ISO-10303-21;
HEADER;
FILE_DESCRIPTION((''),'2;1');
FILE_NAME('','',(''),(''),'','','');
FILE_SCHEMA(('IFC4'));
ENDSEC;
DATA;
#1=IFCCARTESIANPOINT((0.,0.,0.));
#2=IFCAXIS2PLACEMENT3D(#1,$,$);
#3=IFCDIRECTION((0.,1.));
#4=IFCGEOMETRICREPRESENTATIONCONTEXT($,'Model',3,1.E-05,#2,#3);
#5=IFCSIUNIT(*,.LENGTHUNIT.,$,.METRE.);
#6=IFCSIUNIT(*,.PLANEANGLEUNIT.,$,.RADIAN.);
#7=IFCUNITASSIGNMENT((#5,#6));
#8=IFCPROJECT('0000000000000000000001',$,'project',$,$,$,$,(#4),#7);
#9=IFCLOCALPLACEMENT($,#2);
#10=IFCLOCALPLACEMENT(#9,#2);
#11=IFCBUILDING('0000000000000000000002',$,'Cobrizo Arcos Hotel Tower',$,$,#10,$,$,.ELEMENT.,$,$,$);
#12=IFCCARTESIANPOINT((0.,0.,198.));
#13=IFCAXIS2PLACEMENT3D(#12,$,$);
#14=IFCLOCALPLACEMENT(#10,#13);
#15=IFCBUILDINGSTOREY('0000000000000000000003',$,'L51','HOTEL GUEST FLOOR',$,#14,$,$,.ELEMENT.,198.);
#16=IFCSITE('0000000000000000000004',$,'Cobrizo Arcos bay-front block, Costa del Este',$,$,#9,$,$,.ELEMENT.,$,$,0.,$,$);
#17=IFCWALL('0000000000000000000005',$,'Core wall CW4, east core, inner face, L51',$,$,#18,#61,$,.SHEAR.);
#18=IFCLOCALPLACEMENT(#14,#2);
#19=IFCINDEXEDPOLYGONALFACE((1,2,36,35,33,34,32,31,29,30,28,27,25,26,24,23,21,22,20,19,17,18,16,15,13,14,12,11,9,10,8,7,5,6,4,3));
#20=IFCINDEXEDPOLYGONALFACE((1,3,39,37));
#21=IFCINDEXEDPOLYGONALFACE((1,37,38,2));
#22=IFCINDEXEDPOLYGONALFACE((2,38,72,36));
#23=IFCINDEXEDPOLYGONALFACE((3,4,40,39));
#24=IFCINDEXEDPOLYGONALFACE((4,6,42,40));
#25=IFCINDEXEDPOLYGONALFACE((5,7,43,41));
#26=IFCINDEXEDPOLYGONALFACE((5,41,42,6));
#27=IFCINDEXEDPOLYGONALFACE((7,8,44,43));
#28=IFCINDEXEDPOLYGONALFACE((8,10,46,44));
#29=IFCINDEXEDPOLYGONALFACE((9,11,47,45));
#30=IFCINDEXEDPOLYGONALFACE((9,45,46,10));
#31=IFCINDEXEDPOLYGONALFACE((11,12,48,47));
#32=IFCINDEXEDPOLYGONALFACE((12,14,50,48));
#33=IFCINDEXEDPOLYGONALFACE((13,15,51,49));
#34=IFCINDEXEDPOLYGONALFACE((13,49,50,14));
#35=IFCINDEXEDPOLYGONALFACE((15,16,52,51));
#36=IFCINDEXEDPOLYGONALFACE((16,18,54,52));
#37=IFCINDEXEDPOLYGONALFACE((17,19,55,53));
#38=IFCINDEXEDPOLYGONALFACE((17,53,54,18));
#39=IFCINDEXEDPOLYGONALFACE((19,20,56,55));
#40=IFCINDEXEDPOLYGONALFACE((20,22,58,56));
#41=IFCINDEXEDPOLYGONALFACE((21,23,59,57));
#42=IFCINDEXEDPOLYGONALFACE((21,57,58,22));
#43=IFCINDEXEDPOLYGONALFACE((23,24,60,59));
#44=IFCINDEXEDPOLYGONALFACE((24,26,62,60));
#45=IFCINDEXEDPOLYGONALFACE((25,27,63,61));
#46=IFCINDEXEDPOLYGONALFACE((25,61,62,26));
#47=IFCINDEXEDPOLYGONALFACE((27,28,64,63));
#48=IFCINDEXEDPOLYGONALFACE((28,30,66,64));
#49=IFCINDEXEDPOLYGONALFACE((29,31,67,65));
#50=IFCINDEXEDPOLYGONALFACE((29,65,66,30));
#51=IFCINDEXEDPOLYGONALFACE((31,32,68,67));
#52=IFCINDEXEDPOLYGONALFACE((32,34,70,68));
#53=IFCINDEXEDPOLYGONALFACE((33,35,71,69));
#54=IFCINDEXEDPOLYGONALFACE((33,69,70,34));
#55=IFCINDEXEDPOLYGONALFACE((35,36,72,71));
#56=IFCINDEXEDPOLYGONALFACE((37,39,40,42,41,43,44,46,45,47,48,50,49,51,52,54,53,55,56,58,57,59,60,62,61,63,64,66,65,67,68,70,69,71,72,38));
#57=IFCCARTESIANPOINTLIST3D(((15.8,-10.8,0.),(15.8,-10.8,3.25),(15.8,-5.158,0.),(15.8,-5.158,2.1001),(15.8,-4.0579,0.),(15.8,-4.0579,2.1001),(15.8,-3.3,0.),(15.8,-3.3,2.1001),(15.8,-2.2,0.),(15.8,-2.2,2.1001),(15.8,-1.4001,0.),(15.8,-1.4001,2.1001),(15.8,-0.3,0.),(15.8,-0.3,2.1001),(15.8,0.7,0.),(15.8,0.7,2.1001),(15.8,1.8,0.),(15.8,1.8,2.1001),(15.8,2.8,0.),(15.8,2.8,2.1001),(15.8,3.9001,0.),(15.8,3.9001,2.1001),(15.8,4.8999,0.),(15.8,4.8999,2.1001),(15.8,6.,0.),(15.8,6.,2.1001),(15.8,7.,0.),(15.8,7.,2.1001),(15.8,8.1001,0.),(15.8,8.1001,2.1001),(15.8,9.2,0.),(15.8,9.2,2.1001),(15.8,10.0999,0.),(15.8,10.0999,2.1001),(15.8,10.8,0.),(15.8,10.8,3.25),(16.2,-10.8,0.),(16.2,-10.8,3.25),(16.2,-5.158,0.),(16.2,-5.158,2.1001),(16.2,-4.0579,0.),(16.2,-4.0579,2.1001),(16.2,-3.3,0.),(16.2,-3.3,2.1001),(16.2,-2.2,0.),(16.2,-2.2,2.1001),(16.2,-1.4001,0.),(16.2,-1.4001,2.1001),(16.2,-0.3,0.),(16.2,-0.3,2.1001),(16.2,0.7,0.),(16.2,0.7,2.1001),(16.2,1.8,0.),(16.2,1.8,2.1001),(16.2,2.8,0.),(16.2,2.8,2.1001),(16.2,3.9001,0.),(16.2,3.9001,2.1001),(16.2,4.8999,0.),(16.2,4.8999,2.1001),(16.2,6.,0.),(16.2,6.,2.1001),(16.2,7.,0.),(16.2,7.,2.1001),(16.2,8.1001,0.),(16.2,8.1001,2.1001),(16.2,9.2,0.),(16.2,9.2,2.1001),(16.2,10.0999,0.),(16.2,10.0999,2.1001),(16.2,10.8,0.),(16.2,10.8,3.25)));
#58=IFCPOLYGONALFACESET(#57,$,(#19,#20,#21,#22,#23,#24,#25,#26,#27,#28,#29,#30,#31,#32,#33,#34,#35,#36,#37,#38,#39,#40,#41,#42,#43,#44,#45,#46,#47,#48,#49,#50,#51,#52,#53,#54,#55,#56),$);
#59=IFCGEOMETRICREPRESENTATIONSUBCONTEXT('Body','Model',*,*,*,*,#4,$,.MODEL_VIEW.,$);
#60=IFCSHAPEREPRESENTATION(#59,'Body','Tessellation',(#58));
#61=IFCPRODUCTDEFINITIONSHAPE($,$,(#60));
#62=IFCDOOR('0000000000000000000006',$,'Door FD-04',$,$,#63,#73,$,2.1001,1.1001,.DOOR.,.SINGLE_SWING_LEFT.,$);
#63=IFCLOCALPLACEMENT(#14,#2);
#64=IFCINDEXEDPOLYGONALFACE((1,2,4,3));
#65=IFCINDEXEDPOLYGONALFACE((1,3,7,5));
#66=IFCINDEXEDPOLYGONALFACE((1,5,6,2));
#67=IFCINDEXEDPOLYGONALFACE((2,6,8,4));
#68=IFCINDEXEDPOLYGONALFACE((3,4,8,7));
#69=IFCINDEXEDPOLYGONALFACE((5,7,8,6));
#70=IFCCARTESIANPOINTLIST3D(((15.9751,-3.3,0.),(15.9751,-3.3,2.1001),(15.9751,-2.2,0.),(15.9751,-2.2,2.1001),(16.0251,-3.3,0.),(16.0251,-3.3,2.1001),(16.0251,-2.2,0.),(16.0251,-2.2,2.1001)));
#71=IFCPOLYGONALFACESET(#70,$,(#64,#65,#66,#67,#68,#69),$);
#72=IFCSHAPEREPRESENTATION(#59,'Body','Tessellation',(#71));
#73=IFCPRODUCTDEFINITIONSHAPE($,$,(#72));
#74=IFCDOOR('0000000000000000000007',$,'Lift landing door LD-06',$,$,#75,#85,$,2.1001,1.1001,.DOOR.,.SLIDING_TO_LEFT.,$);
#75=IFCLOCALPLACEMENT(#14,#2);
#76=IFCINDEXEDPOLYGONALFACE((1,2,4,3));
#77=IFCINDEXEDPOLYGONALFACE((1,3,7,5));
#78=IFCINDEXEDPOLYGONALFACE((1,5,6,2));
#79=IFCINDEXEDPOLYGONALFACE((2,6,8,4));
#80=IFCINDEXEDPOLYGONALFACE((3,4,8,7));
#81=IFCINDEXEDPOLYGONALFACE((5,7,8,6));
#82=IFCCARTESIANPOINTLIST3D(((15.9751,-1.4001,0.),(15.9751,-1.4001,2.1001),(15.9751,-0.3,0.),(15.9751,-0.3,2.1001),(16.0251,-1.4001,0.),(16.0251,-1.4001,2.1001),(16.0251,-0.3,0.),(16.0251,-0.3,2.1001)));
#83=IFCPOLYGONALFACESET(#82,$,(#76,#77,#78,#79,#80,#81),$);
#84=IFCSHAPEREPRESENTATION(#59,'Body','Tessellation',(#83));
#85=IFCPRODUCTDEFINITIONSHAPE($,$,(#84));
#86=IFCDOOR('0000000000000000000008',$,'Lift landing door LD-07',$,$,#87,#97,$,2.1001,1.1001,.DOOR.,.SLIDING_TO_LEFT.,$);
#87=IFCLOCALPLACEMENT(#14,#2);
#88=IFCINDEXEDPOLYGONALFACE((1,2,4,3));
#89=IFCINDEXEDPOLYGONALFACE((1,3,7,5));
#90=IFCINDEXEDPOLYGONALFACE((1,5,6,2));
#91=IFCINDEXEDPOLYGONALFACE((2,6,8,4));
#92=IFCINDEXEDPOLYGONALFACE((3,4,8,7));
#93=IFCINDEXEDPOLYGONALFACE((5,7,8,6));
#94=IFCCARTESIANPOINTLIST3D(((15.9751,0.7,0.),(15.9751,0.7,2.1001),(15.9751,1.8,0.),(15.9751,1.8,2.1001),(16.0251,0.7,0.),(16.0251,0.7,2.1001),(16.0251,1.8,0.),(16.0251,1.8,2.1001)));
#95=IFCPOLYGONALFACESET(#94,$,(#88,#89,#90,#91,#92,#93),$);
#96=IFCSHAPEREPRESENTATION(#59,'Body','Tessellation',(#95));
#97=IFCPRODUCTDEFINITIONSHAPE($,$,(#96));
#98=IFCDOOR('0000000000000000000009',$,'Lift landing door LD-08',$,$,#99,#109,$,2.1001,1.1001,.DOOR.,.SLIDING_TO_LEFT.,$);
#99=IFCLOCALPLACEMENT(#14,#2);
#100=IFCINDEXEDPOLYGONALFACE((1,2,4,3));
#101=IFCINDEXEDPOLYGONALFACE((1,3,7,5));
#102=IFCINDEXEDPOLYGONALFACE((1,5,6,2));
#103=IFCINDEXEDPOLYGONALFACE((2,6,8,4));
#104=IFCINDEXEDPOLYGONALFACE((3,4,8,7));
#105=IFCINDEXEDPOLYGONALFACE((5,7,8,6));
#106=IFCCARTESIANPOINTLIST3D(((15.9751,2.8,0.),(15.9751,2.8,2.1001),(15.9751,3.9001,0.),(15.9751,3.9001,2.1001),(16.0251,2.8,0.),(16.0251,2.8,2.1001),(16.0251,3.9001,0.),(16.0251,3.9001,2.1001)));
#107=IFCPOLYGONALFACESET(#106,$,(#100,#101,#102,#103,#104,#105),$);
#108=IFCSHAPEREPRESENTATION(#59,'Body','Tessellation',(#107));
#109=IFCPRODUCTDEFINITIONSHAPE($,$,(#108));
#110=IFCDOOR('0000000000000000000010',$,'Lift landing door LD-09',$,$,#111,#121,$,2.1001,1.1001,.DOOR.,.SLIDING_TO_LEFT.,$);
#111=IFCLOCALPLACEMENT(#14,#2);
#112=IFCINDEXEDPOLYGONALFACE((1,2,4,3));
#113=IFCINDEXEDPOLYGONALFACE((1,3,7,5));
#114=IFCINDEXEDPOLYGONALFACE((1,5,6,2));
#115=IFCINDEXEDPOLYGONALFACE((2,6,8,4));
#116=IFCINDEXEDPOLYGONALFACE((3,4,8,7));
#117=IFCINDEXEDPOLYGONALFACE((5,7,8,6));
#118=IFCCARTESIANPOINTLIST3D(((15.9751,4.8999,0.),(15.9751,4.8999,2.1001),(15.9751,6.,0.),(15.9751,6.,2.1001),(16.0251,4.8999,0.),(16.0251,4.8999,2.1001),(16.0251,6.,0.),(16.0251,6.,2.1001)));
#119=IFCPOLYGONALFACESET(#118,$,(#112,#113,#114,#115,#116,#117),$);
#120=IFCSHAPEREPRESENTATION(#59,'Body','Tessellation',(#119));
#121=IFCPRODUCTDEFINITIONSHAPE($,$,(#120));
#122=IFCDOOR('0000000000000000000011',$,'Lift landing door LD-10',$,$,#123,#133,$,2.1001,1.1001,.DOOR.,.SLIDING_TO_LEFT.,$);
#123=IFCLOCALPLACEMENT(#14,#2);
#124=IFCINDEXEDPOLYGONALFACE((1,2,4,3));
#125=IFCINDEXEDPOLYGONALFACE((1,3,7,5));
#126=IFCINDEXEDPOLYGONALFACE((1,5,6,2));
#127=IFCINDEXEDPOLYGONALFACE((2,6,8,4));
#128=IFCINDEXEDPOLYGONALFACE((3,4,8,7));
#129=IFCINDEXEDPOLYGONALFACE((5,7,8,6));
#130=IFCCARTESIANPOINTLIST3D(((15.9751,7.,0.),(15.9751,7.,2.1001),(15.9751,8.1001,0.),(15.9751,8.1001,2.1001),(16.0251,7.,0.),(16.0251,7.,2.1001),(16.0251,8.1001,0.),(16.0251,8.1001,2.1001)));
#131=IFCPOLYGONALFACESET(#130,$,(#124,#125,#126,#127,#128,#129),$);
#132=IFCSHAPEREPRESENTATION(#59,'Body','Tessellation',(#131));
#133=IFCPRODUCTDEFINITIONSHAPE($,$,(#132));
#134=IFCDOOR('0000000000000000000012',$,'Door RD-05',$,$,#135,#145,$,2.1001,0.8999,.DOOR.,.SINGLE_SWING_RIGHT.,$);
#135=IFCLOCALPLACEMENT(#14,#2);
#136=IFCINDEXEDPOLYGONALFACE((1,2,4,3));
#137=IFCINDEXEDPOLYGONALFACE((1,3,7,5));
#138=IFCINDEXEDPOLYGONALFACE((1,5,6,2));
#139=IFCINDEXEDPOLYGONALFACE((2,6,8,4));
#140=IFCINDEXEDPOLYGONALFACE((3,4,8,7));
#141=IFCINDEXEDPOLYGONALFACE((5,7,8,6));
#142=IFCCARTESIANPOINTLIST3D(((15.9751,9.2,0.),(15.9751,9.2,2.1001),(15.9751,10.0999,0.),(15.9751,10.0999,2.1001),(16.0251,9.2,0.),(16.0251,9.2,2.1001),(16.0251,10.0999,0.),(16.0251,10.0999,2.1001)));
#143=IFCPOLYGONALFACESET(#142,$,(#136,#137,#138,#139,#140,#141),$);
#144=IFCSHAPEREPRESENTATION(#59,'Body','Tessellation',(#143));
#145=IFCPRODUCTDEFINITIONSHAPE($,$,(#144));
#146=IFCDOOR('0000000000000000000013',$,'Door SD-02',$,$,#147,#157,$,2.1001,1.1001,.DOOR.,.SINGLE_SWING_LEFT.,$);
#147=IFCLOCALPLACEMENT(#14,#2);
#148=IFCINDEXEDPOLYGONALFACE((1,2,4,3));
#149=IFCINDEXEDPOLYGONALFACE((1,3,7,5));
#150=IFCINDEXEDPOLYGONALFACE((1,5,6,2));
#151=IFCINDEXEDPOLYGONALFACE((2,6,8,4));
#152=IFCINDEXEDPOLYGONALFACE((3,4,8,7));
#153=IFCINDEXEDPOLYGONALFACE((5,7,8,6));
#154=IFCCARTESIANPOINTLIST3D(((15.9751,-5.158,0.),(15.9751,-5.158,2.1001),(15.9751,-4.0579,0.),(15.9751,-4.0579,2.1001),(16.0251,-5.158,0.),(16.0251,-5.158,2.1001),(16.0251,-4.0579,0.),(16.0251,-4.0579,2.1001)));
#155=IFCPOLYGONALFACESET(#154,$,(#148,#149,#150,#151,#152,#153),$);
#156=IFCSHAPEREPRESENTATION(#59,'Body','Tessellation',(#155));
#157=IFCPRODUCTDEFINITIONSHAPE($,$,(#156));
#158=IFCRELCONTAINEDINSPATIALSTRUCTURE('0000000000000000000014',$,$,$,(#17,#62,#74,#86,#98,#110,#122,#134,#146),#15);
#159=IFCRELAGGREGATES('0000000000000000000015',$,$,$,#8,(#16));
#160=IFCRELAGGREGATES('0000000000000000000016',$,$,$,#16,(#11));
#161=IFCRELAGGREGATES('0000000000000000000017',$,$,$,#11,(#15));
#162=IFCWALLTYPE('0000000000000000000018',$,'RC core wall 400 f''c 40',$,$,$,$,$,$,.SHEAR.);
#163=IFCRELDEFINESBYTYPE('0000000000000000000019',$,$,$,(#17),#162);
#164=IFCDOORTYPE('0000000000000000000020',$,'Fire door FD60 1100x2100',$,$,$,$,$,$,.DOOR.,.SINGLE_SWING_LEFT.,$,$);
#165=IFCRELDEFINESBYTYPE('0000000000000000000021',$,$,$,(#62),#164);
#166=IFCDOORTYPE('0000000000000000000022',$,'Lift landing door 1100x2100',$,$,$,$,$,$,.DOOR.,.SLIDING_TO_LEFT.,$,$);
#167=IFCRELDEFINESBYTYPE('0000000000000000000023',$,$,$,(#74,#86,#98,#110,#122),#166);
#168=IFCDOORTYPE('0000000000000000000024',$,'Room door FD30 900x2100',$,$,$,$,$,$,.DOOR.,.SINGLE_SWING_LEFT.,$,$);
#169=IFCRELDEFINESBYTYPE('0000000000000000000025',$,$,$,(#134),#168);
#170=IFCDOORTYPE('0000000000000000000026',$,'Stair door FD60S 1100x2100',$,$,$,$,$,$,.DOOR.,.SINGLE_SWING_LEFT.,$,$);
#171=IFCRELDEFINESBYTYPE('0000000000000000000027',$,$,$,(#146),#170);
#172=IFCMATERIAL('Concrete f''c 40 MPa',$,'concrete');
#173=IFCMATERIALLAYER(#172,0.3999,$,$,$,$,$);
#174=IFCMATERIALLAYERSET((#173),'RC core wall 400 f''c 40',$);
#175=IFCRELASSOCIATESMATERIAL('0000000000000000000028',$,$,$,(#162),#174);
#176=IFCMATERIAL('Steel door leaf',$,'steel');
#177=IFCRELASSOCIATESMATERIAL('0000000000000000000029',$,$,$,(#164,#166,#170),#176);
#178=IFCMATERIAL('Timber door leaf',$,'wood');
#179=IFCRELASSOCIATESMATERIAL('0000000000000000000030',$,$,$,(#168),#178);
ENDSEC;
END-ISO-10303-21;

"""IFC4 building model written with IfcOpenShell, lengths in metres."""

from ifc_helpers import new_model, si_unit, direction, frame, frame_2d, origin, place, context, subcontext, project, spatial, rectangle, extrude, material, layer, layer_set, type_object, element, fill, save


model = new_model("IFC4")

# Units and contexts
model_context = context("Model", 3, precision=1e-05, world=origin(), true_north=direction((0.0, 1.0)))
body_context = subcontext(model_context, "Body", "Model", "MODEL_VIEW")
ifc_project = project(units=[si_unit("LENGTHUNIT", "METRE"), si_unit("PLANEANGLEUNIT", "RADIAN")], contexts=[model_context])

# Site, building, storey
site_placement = place(None, origin())
site = spatial("IfcSite", under=ifc_project, at=site_placement, Name="Cobrizo Arcos bay-front block, Costa del Este", CompositionType="ELEMENT", RefElevation=0.0)
building_placement = place(site_placement, origin())
building = spatial("IfcBuilding", under=site, at=building_placement, Name="Cobrizo Arcos Hotel Tower", CompositionType="ELEMENT")
storey_placement = place(building_placement, frame((0.0, 0.0, 198.0)))
storey = spatial("IfcBuildingStorey", under=building, at=storey_placement, Name="L51", Description="HOTEL GUEST FLOOR", CompositionType="ELEMENT", Elevation=198.0)

# Wall, openings, doors
ifc_material_1 = material(Name="Concrete f'c 40 MPa", Category="concrete")
ifc_layer_1 = layer(ifc_material_1, 0.3999)
ifc_layer_set_1 = layer_set([ifc_layer_1], Name="RC core wall 400 f'c 40")
wall_type_1 = type_object("IfcWallType", Name="RC core wall 400 f'c 40", PredefinedType="SHEAR", material=ifc_layer_set_1)
wall_1_placement = place(storey_placement, frame((16.0, -10.8, 0.0), z_axis=(0.0, 0.0, 1.0), x_axis=(0.0, 1.0, 0.0)))
wall_1 = element("IfcWall", 1, at=wall_1_placement, inside=storey, type_object=wall_type_1, Name="Core wall CW4, east core, inner face, L51", PredefinedType="SHEAR", context=body_context, shape_type="SweptSolid", body=[
    extrude(rectangle(XDim=21.6001, YDim=0.3999, at=frame_2d((10.8, 0.0))), origin(), (0.0, 0.0, 1.0), 3.25),
])
opening_1_placement = place(wall_1_placement, frame((9.3999, 0.0, 0.0)))
opening_1 = element("IfcOpeningElement", 2, at=opening_1_placement, cuts=wall_1, PredefinedType="OPENING", context=body_context, shape_type="SweptSolid", body=[
    extrude(rectangle(XDim=1.1001, YDim=2.1001, at=frame_2d((0.55, 1.05))), frame((0.0, 0.2119, 0.0), z_axis=(0.0, -1.0, 0.0), x_axis=(1.0, 0.0, 0.0)), (0.0, 0.0, 1.0), 0.4238),
])
opening_2_placement = place(wall_1_placement, frame((11.5, 0.0, 0.0)))
opening_2 = element("IfcOpeningElement", 3, at=opening_2_placement, cuts=wall_1, PredefinedType="OPENING", context=body_context, shape_type="SweptSolid", body=[
    extrude(rectangle(XDim=1.1001, YDim=2.1001, at=frame_2d((0.55, 1.05))), frame((0.0, 0.2119, 0.0), z_axis=(0.0, -1.0, 0.0), x_axis=(1.0, 0.0, 0.0)), (0.0, 0.0, 1.0), 0.4238),
])
opening_3_placement = place(wall_1_placement, frame((13.6001, 0.0, 0.0)))
opening_3 = element("IfcOpeningElement", 4, at=opening_3_placement, cuts=wall_1, PredefinedType="OPENING", context=body_context, shape_type="SweptSolid", body=[
    extrude(rectangle(XDim=1.1001, YDim=2.1001, at=frame_2d((0.55, 1.05))), frame((0.0, 0.2119, 0.0), z_axis=(0.0, -1.0, 0.0), x_axis=(1.0, 0.0, 0.0)), (0.0, 0.0, 1.0), 0.4238),
])
opening_4_placement = place(wall_1_placement, frame((15.7, 0.0, 0.0)))
opening_4 = element("IfcOpeningElement", 5, at=opening_4_placement, cuts=wall_1, PredefinedType="OPENING", context=body_context, shape_type="SweptSolid", body=[
    extrude(rectangle(XDim=1.1001, YDim=2.1001, at=frame_2d((0.55, 1.05))), frame((0.0, 0.2119, 0.0), z_axis=(0.0, -1.0, 0.0), x_axis=(1.0, 0.0, 0.0)), (0.0, 0.0, 1.0), 0.4238),
])
opening_5_placement = place(wall_1_placement, frame((17.8, 0.0, 0.0)))
opening_5 = element("IfcOpeningElement", 6, at=opening_5_placement, cuts=wall_1, PredefinedType="OPENING", context=body_context, shape_type="SweptSolid", body=[
    extrude(rectangle(XDim=1.1001, YDim=2.1001, at=frame_2d((0.55, 1.05))), frame((0.0, 0.2119, 0.0), z_axis=(0.0, -1.0, 0.0), x_axis=(1.0, 0.0, 0.0)), (0.0, 0.0, 1.0), 0.4238),
])
opening_6_placement = place(wall_1_placement, frame((5.6421, 0.0, 0.0)))
opening_6 = element("IfcOpeningElement", 7, at=opening_6_placement, cuts=wall_1, PredefinedType="OPENING", context=body_context, shape_type="SweptSolid", body=[
    extrude(rectangle(XDim=1.1001, YDim=2.1001, at=frame_2d((0.55, 1.05))), frame((0.0, 0.2119, 0.0), z_axis=(0.0, -1.0, 0.0), x_axis=(1.0, 0.0, 0.0)), (0.0, 0.0, 1.0), 0.4238),
])
opening_7_placement = place(wall_1_placement, frame((7.5, 0.0, 0.0)))
opening_7 = element("IfcOpeningElement", 8, at=opening_7_placement, cuts=wall_1, PredefinedType="OPENING", context=body_context, shape_type="SweptSolid", body=[
    extrude(rectangle(XDim=1.1001, YDim=2.1001, at=frame_2d((0.55, 1.05))), frame((0.0, 0.2119, 0.0), z_axis=(0.0, -1.0, 0.0), x_axis=(1.0, 0.0, 0.0)), (0.0, 0.0, 1.0), 0.4238),
])
opening_8_placement = place(wall_1_placement, frame((20.0, 0.0, 0.0)))
opening_8 = element("IfcOpeningElement", 9, at=opening_8_placement, cuts=wall_1, PredefinedType="OPENING", context=body_context, shape_type="SweptSolid", body=[
    extrude(rectangle(XDim=0.8999, YDim=2.1001, at=frame_2d((0.45, 1.05))), frame((0.0, 0.2119, 0.0), z_axis=(0.0, -1.0, 0.0), x_axis=(1.0, 0.0, 0.0)), (0.0, 0.0, 1.0), 0.4238),
])
ifc_material_2 = material(Name="Steel door leaf", Category="steel")
door_type_1 = type_object("IfcDoorType", Name="Fire door FD60 1100x2100", OperationType="SINGLE_SWING_LEFT", PredefinedType="DOOR", material=ifc_material_2)
door_1_placement = place(opening_7_placement, origin())
door_1 = element("IfcDoor", 10, at=door_1_placement, inside=storey, type_object=door_type_1, Name="Door FD-04", OperationType="SINGLE_SWING_LEFT", OverallHeight=2.1001, OverallWidth=1.1001, PredefinedType="DOOR", context=body_context, shape_type="SweptSolid", body=[
    extrude(rectangle(XDim=1.1001, YDim=2.1001, at=frame_2d((0.55, 1.05))), frame((0.0, 0.0249, 0.0), z_axis=(0.0, -1.0, 0.0), x_axis=(1.0, 0.0, 0.0)), (0.0, 0.0, 1.0), 0.05),
])
fill(opening_7, door_1)
door_type_2 = type_object("IfcDoorType", Name="Lift landing door 1100x2100", OperationType="SLIDING_TO_LEFT", PredefinedType="DOOR", material=ifc_material_2)
door_2_placement = place(opening_1_placement, origin())
door_2 = element("IfcDoor", 11, at=door_2_placement, inside=storey, type_object=door_type_2, Name="Lift landing door LD-06", OperationType="SLIDING_TO_LEFT", OverallHeight=2.1001, OverallWidth=1.1001, PredefinedType="DOOR", context=body_context, shape_type="SweptSolid", body=[
    extrude(rectangle(XDim=1.1001, YDim=2.1001, at=frame_2d((0.55, 1.05))), frame((0.0, 0.0249, 0.0), z_axis=(0.0, -1.0, 0.0), x_axis=(1.0, 0.0, 0.0)), (0.0, 0.0, 1.0), 0.05),
])
fill(opening_1, door_2)
door_3_placement = place(opening_2_placement, origin())
door_3 = element("IfcDoor", 12, at=door_3_placement, inside=storey, type_object=door_type_2, Name="Lift landing door LD-07", OperationType="SLIDING_TO_LEFT", OverallHeight=2.1001, OverallWidth=1.1001, PredefinedType="DOOR", context=body_context, shape_type="SweptSolid", body=[
    extrude(rectangle(XDim=1.1001, YDim=2.1001, at=frame_2d((0.55, 1.05))), frame((0.0, 0.0249, 0.0), z_axis=(0.0, -1.0, 0.0), x_axis=(1.0, 0.0, 0.0)), (0.0, 0.0, 1.0), 0.05),
])
fill(opening_2, door_3)
door_4_placement = place(opening_3_placement, origin())
door_4 = element("IfcDoor", 13, at=door_4_placement, inside=storey, type_object=door_type_2, Name="Lift landing door LD-08", OperationType="SLIDING_TO_LEFT", OverallHeight=2.1001, OverallWidth=1.1001, PredefinedType="DOOR", context=body_context, shape_type="SweptSolid", body=[
    extrude(rectangle(XDim=1.1001, YDim=2.1001, at=frame_2d((0.55, 1.05))), frame((0.0, 0.0249, 0.0), z_axis=(0.0, -1.0, 0.0), x_axis=(1.0, 0.0, 0.0)), (0.0, 0.0, 1.0), 0.05),
])
fill(opening_3, door_4)
door_5_placement = place(opening_4_placement, origin())
door_5 = element("IfcDoor", 14, at=door_5_placement, inside=storey, type_object=door_type_2, Name="Lift landing door LD-09", OperationType="SLIDING_TO_LEFT", OverallHeight=2.1001, OverallWidth=1.1001, PredefinedType="DOOR", context=body_context, shape_type="SweptSolid", body=[
    extrude(rectangle(XDim=1.1001, YDim=2.1001, at=frame_2d((0.55, 1.05))), frame((0.0, 0.0249, 0.0), z_axis=(0.0, -1.0, 0.0), x_axis=(1.0, 0.0, 0.0)), (0.0, 0.0, 1.0), 0.05),
])
fill(opening_4, door_5)
door_6_placement = place(opening_5_placement, origin())
door_6 = element("IfcDoor", 15, at=door_6_placement, inside=storey, type_object=door_type_2, Name="Lift landing door LD-10", OperationType="SLIDING_TO_LEFT", OverallHeight=2.1001, OverallWidth=1.1001, PredefinedType="DOOR", context=body_context, shape_type="SweptSolid", body=[
    extrude(rectangle(XDim=1.1001, YDim=2.1001, at=frame_2d((0.55, 1.05))), frame((0.0, 0.0249, 0.0), z_axis=(0.0, -1.0, 0.0), x_axis=(1.0, 0.0, 0.0)), (0.0, 0.0, 1.0), 0.05),
])
fill(opening_5, door_6)
ifc_material_3 = material(Name="Timber door leaf", Category="wood")
door_type_3 = type_object("IfcDoorType", Name="Room door FD30 900x2100", OperationType="SINGLE_SWING_LEFT", PredefinedType="DOOR", material=ifc_material_3)
door_7_placement = place(opening_8_placement, origin())
door_7 = element("IfcDoor", 16, at=door_7_placement, inside=storey, type_object=door_type_3, Name="Door RD-05", OperationType="SINGLE_SWING_RIGHT", OverallHeight=2.1001, OverallWidth=0.8999, PredefinedType="DOOR", context=body_context, shape_type="SweptSolid", body=[
    extrude(rectangle(XDim=0.8999, YDim=2.1001, at=frame_2d((0.45, 1.05))), frame((0.0, 0.0249, 0.0), z_axis=(0.0, -1.0, 0.0), x_axis=(1.0, 0.0, 0.0)), (0.0, 0.0, 1.0), 0.05),
])
fill(opening_8, door_7)
door_type_4 = type_object("IfcDoorType", Name="Stair door FD60S 1100x2100", OperationType="SINGLE_SWING_LEFT", PredefinedType="DOOR", material=ifc_material_2)
door_8_placement = place(opening_6_placement, origin())
door_8 = element("IfcDoor", 17, at=door_8_placement, inside=storey, type_object=door_type_4, Name="Door SD-02", OperationType="SINGLE_SWING_LEFT", OverallHeight=2.1001, OverallWidth=1.1001, PredefinedType="DOOR", context=body_context, shape_type="SweptSolid", body=[
    extrude(rectangle(XDim=1.1001, YDim=2.1001, at=frame_2d((0.55, 1.05))), frame((0.0, 0.0249, 0.0), z_axis=(0.0, -1.0, 0.0), x_axis=(1.0, 0.0, 0.0)), (0.0, 0.0, 1.0), 0.05),
])
fill(opening_6, door_8)

save(model, "model.ifc")
